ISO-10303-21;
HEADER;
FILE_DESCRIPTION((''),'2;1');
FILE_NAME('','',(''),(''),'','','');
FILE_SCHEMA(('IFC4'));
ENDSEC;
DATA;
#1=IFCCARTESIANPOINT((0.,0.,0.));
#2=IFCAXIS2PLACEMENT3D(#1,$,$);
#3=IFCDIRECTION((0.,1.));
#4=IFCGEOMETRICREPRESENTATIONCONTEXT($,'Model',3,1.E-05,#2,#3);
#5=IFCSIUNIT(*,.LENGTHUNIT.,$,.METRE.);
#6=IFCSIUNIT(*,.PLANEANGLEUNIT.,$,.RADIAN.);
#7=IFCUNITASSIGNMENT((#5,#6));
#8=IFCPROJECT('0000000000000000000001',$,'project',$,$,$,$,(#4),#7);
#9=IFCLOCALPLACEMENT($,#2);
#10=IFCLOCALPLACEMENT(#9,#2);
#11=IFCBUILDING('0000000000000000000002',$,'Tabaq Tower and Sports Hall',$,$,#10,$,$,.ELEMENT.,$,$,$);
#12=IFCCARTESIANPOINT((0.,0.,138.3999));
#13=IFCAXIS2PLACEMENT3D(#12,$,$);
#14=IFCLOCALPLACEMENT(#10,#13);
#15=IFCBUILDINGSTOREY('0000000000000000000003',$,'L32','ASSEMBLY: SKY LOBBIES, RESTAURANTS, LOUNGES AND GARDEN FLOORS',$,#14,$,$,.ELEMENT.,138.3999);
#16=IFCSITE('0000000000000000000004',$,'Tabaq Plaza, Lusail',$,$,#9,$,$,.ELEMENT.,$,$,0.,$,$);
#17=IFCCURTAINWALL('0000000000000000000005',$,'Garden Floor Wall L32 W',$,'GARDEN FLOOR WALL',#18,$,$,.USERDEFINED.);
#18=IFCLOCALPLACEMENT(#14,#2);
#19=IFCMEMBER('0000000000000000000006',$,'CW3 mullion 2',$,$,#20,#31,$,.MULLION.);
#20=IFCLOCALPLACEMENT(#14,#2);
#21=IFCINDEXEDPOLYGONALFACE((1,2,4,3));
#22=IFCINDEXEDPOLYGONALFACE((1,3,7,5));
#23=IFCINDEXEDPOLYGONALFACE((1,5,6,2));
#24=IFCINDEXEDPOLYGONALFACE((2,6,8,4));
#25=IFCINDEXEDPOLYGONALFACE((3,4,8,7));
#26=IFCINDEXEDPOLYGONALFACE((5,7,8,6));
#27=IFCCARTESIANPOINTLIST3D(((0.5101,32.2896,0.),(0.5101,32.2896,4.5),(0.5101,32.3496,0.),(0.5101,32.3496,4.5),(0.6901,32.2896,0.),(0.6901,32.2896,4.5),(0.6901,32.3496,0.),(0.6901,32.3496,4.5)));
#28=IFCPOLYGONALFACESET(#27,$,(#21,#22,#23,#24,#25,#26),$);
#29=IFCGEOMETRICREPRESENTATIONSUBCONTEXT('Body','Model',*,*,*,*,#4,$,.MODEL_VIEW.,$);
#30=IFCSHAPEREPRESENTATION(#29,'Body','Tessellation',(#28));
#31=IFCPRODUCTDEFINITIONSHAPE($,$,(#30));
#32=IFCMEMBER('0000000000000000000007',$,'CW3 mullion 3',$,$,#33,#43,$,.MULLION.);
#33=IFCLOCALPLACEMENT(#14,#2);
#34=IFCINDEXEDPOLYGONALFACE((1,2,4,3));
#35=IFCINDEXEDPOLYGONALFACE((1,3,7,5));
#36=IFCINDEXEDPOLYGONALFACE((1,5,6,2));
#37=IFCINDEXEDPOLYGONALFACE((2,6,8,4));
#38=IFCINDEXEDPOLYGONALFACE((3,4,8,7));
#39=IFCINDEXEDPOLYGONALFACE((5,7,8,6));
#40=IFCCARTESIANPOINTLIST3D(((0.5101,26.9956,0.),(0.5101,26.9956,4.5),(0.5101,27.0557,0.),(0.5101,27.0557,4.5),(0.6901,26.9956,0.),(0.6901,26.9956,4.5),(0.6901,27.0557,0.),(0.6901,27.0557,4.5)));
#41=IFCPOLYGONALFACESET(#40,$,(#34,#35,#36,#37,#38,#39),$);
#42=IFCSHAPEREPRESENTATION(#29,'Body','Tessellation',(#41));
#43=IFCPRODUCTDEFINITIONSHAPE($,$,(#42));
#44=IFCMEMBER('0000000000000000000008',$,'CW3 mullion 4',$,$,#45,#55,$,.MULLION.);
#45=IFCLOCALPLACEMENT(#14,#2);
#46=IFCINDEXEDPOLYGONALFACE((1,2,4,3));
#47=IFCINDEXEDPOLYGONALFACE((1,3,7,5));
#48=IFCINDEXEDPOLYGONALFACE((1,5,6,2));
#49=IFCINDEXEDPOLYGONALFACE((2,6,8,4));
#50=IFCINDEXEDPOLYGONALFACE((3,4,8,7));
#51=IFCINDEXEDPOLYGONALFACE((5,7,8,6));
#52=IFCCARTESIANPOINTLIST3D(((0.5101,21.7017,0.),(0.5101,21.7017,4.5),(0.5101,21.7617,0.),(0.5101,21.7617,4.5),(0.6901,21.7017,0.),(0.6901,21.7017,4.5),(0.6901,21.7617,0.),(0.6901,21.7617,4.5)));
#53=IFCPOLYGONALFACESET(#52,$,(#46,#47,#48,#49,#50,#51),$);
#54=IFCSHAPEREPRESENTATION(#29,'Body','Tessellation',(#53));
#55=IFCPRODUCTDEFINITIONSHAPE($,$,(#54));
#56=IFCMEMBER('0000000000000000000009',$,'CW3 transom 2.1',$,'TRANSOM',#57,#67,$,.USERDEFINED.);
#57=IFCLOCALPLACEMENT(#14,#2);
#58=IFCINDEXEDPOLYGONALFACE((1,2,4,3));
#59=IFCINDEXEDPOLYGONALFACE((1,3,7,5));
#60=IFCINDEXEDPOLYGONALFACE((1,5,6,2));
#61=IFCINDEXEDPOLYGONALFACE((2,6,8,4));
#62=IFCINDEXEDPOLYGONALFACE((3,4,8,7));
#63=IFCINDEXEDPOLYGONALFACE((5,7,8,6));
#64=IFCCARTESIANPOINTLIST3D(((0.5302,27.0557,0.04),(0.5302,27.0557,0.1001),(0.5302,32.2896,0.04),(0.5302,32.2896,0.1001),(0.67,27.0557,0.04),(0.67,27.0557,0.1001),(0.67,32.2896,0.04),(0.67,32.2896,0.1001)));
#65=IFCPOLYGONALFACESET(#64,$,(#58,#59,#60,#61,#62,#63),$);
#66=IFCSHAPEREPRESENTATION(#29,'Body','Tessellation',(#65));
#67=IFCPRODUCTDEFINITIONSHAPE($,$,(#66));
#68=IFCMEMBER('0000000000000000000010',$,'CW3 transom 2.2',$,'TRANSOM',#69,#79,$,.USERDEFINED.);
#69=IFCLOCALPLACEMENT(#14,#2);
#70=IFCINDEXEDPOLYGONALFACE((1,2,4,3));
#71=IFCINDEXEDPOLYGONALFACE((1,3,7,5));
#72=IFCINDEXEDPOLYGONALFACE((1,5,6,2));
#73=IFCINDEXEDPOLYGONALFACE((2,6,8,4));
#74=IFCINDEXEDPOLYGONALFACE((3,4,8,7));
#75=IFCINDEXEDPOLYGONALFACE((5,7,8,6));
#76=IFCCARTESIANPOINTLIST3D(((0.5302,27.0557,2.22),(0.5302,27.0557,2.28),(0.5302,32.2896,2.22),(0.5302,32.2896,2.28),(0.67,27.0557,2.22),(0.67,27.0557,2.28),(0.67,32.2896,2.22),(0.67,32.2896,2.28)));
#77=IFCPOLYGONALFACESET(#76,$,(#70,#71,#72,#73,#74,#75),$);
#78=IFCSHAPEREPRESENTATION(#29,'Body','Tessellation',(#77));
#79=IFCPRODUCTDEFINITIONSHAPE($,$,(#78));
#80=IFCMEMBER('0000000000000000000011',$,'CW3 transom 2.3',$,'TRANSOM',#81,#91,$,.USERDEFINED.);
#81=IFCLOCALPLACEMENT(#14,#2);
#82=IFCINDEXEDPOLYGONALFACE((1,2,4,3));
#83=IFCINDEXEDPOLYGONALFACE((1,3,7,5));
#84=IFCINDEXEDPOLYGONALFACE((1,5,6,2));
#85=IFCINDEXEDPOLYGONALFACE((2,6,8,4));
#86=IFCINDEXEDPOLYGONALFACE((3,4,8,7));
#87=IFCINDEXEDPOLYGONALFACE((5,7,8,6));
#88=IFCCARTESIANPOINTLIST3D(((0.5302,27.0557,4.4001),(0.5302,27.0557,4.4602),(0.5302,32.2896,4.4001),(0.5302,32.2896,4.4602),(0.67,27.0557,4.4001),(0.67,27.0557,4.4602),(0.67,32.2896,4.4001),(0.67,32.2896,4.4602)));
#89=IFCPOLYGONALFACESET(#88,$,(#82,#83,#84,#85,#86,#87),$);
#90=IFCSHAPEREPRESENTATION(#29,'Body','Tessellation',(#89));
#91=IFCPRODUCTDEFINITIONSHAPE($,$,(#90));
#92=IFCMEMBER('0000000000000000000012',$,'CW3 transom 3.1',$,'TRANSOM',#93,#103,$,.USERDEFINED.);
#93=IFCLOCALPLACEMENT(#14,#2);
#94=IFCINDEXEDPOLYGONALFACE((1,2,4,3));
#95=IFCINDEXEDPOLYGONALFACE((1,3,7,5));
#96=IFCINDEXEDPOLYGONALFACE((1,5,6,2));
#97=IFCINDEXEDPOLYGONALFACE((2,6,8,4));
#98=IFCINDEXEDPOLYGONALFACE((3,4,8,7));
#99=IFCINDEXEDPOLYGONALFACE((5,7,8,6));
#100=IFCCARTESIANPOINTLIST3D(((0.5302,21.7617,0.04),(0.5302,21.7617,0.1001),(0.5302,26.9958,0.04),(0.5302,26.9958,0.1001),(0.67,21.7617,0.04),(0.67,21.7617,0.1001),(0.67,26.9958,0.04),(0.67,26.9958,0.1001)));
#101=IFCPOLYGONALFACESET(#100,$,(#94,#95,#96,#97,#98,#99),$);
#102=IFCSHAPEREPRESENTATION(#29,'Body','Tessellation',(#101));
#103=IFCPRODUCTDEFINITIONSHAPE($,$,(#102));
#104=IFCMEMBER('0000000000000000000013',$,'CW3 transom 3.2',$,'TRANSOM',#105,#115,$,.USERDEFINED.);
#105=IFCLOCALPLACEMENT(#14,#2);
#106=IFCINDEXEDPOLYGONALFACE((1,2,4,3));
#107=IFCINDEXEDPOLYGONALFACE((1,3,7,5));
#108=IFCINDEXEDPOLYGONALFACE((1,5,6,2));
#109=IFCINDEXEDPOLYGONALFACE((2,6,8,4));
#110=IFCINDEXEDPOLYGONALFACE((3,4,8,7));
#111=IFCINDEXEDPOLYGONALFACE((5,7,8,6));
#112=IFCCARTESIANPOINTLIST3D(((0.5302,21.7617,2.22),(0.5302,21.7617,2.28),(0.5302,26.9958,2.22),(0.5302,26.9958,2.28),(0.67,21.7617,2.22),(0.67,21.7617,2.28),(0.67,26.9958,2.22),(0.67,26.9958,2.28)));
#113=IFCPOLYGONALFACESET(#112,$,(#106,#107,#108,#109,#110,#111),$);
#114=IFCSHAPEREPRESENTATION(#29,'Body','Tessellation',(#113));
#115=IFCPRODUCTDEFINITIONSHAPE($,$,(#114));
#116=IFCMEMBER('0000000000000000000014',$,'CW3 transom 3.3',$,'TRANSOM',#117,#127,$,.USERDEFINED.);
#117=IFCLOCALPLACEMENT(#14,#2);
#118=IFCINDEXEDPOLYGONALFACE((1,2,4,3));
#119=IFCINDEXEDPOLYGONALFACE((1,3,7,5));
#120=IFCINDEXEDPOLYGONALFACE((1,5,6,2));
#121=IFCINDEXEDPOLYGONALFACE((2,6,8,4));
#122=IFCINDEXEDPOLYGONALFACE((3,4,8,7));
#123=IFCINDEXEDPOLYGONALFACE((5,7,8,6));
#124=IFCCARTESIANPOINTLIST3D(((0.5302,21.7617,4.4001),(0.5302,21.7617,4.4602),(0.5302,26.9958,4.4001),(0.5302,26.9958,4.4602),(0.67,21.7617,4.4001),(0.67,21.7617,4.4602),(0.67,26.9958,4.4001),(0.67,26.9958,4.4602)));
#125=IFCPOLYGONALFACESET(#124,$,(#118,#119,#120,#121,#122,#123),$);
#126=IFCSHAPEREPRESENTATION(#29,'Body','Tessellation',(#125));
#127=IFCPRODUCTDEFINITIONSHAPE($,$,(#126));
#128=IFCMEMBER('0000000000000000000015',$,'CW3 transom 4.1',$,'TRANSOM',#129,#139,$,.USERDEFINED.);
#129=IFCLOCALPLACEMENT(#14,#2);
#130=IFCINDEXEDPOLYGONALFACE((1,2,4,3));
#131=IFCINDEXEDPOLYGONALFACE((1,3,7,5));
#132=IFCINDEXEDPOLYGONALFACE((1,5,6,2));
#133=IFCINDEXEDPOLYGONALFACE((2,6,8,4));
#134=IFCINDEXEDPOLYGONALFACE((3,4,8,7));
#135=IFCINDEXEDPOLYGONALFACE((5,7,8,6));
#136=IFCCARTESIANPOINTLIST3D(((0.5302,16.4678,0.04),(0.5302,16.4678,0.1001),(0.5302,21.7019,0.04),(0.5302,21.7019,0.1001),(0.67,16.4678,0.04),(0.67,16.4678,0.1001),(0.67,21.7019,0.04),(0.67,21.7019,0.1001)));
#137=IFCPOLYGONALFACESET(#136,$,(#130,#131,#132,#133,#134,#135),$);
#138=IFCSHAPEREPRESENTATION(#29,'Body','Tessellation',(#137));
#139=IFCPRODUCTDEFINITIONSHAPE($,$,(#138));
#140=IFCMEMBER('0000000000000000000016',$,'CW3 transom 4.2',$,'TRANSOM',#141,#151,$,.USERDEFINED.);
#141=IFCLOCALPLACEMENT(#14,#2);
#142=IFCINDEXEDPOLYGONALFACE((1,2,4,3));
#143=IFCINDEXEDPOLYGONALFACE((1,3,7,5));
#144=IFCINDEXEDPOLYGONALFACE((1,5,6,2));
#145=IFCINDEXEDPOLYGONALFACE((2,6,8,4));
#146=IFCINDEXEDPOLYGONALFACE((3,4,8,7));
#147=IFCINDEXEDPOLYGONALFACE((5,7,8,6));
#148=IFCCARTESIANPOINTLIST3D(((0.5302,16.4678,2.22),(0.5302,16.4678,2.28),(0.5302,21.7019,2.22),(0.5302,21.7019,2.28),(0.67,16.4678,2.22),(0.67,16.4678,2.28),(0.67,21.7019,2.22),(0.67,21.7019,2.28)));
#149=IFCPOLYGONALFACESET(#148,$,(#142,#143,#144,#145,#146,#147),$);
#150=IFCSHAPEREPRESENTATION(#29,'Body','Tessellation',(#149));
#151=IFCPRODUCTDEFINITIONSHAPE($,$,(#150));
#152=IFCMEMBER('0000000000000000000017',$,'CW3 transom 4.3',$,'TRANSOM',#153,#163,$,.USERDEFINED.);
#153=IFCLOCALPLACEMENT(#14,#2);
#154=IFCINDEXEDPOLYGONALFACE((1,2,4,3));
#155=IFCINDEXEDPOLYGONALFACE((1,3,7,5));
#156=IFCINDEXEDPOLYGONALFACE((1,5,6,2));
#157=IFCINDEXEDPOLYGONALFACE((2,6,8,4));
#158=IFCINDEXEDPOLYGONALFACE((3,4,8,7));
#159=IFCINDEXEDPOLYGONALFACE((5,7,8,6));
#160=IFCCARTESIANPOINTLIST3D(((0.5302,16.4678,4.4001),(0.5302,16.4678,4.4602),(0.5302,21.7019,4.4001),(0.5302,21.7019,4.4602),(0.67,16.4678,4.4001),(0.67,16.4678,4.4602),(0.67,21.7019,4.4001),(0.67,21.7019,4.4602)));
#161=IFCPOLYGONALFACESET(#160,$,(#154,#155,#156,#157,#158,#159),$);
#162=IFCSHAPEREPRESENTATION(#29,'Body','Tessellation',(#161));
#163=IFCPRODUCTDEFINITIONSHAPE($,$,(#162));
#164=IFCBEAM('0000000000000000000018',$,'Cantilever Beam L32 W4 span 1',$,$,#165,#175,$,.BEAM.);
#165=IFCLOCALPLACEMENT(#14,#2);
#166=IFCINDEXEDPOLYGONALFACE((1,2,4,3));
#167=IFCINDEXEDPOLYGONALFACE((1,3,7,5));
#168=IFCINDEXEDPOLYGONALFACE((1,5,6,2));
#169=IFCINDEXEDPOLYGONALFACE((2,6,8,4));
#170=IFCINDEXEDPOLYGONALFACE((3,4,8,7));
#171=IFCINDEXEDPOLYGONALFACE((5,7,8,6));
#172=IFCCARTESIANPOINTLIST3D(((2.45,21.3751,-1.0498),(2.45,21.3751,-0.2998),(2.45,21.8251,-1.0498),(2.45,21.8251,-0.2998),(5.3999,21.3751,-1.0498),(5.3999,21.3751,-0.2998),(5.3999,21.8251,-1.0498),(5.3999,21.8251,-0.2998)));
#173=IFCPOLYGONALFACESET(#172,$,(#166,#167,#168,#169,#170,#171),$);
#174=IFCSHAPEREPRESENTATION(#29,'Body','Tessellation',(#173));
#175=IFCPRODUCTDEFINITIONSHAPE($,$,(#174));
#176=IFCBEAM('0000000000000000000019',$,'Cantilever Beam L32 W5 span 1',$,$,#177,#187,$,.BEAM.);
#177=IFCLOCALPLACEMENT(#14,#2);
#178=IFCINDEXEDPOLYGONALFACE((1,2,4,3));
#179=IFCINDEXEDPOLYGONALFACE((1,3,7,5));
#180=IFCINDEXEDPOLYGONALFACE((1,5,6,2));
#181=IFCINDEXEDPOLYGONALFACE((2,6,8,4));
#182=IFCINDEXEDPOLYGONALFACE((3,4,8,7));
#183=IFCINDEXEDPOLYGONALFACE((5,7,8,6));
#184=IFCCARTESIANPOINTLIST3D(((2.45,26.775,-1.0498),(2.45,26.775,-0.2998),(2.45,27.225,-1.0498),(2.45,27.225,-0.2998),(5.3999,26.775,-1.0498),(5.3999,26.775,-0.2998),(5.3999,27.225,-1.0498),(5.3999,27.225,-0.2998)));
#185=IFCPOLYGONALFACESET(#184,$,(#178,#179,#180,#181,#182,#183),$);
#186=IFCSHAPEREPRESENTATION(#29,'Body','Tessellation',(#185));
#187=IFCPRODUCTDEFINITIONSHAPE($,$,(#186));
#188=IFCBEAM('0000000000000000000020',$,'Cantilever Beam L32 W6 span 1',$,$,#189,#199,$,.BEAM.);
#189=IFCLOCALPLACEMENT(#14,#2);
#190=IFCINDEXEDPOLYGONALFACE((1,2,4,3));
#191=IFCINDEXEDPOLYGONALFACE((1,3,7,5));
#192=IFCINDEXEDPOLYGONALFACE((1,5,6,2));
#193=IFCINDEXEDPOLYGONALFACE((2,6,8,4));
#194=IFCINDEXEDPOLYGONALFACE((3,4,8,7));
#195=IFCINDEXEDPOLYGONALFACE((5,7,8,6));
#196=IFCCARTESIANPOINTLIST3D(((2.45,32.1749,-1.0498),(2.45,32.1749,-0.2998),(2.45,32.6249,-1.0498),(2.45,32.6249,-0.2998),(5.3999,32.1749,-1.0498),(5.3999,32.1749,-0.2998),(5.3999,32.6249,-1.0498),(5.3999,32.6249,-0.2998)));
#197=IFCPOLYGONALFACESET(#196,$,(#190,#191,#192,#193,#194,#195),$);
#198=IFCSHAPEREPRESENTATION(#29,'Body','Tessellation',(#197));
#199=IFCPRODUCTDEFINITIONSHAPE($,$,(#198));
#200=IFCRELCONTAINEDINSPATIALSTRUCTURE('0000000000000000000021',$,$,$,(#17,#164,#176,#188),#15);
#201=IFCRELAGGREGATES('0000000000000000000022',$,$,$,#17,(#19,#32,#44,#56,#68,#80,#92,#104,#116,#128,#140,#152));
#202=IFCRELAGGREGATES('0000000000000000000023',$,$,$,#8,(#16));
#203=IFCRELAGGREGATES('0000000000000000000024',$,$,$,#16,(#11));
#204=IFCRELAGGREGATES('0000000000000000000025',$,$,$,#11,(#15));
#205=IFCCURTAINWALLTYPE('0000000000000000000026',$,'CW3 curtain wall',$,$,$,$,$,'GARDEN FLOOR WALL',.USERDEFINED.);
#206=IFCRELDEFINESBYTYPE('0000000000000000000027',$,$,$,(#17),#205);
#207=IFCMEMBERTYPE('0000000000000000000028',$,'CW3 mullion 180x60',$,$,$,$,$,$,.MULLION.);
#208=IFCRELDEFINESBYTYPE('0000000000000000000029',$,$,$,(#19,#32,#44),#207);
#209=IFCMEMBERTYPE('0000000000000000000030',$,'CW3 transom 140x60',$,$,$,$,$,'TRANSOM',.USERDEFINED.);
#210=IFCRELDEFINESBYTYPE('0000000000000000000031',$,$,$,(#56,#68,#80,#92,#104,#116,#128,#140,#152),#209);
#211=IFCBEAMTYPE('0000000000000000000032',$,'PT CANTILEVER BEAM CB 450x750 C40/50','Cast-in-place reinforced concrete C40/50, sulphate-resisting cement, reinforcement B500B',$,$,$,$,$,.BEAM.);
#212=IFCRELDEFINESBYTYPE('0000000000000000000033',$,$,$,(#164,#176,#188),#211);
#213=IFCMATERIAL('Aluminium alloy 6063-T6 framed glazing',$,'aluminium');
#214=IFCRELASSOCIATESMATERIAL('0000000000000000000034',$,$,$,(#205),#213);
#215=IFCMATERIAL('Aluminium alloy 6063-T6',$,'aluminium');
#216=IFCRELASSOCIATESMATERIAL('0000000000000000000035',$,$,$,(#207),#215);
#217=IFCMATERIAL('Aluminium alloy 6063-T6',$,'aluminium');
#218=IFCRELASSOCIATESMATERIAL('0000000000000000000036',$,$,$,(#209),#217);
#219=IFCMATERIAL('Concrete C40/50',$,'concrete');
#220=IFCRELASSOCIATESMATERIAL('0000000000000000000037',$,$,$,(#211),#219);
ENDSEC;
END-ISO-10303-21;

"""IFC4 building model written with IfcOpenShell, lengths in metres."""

from ifc_helpers import new_model, si_unit, direction, frame, origin, origin_2d, place, context, subcontext, project, spatial, rectangle, extrude, material, material_profile, profile_set, type_object, element, aggregate, save


model = new_model("IFC4")

# Units and contexts
model_context = context("Model", 3, precision=1e-05, world=origin(), true_north=direction((0.0, 1.0)))
body_context = subcontext(model_context, "Body", "Model", "MODEL_VIEW")
ifc_project = project(units=[si_unit("LENGTHUNIT", "METRE"), si_unit("PLANEANGLEUNIT", "RADIAN")], contexts=[model_context])

# Site, building, storey
site_placement = place(None, origin())
site = spatial("IfcSite", under=ifc_project, at=site_placement, Name="Tabaq Plaza, Lusail", CompositionType="ELEMENT", RefElevation=0.0)
building_placement = place(site_placement, origin())
building = spatial("IfcBuilding", under=site, at=building_placement, Name="Tabaq Tower and Sports Hall", CompositionType="ELEMENT")
storey_placement = place(building_placement, frame((0.0, 0.0, 138.3999)))
storey = spatial("IfcBuildingStorey", under=building, at=storey_placement, Name="L32", Description="ASSEMBLY: SKY LOBBIES, RESTAURANTS, LOUNGES AND GARDEN FLOORS", CompositionType="ELEMENT", Elevation=138.3999)

# Curtain wall, members
ifc_material_1 = material(Name="Aluminium alloy 6063-T6 framed glazing", Category="aluminium")
curtain_wall_type = type_object("IfcCurtainWallType", Name="CW3 curtain wall", ElementType="GARDEN FLOOR WALL", PredefinedType="USERDEFINED", material=ifc_material_1)
curtain_wall_placement = place(storey_placement, origin())
curtain_wall = element("IfcCurtainWall", 1, at=curtain_wall_placement, inside=storey, type_object=curtain_wall_type, Name="Garden Floor Wall L32 W", ObjectType="GARDEN FLOOR WALL", PredefinedType="USERDEFINED")
ifc_material_2 = material(Name="Aluminium alloy 6063-T6", Category="aluminium")
ifc_material_profile_1 = material_profile(ifc_material_2, rectangle(XDim=0.1799, YDim=0.0601, at=origin_2d()), Name="MULLION 180x60")
ifc_profile_set_1 = profile_set([ifc_material_profile_1], Name="Aluminium alloy 6063-T6")
member_type_1 = type_object("IfcMemberType", Name="CW3 mullion 180x60", PredefinedType="MULLION", material=ifc_profile_set_1)
member_1_placement = place(storey_placement, frame((0.6001, 32.3196, 0.0), z_axis=(0.0, 0.0, 1.0), x_axis=(1.0, 0.0, 0.0)))
member_1 = element("IfcMember", 2, at=member_1_placement, type_object=member_type_1, Name="CW3 mullion 2", PredefinedType="MULLION", context=body_context, shape_type="SweptSolid", body=[
    extrude(rectangle(XDim=0.1799, YDim=0.0601, at=origin_2d()), origin(), (0.0, 0.0, 1.0), 4.5),
])
member_2_placement = place(storey_placement, frame((0.6001, 27.0256, 0.0), z_axis=(0.0, 0.0, 1.0), x_axis=(1.0, 0.0, 0.0)))
member_2 = element("IfcMember", 3, at=member_2_placement, type_object=member_type_1, Name="CW3 mullion 3", PredefinedType="MULLION", context=body_context, shape_type="SweptSolid", body=[
    extrude(rectangle(XDim=0.1799, YDim=0.0601, at=origin_2d()), origin(), (0.0, 0.0, 1.0), 4.5),
])
member_3_placement = place(storey_placement, frame((0.6001, 21.7317, 0.0), z_axis=(0.0, 0.0, 1.0), x_axis=(1.0, 0.0, 0.0)))
member_3 = element("IfcMember", 4, at=member_3_placement, type_object=member_type_1, Name="CW3 mullion 4", PredefinedType="MULLION", context=body_context, shape_type="SweptSolid", body=[
    extrude(rectangle(XDim=0.1799, YDim=0.0601, at=origin_2d()), origin(), (0.0, 0.0, 1.0), 4.5),
])
ifc_material_3 = material(Name="Aluminium alloy 6063-T6", Category="aluminium")
ifc_material_profile_2 = material_profile(ifc_material_3, rectangle(XDim=0.1399, YDim=0.0601, at=origin_2d()), Name="TRANSOM 140x60")
ifc_profile_set_2 = profile_set([ifc_material_profile_2], Name="Aluminium alloy 6063-T6")
member_type_2 = type_object("IfcMemberType", Name="CW3 transom 140x60", ElementType="TRANSOM", PredefinedType="USERDEFINED", material=ifc_profile_set_2)
member_4_placement = place(storey_placement, frame((0.6001, 32.2896, 0.0701), z_axis=(0.0, -1.0, 0.0), x_axis=(1.0, 0.0, 0.0)))
member_4 = element("IfcMember", 5, at=member_4_placement, type_object=member_type_2, Name="CW3 transom 2.1", ObjectType="TRANSOM", PredefinedType="USERDEFINED", context=body_context, shape_type="SweptSolid", body=[
    extrude(rectangle(XDim=0.1399, YDim=0.0601, at=origin_2d()), origin(), (0.0, 0.0, 1.0), 5.2339),
])
member_5_placement = place(storey_placement, frame((0.6001, 32.2896, 2.25), z_axis=(0.0, -1.0, 0.0), x_axis=(1.0, 0.0, 0.0)))
member_5 = element("IfcMember", 6, at=member_5_placement, type_object=member_type_2, Name="CW3 transom 2.2", ObjectType="TRANSOM", PredefinedType="USERDEFINED", context=body_context, shape_type="SweptSolid", body=[
    extrude(rectangle(XDim=0.1399, YDim=0.0601, at=origin_2d()), origin(), (0.0, 0.0, 1.0), 5.2339),
])
member_6_placement = place(storey_placement, frame((0.6001, 32.2896, 4.4302), z_axis=(0.0, -1.0, 0.0), x_axis=(1.0, 0.0, 0.0)))
member_6 = element("IfcMember", 7, at=member_6_placement, type_object=member_type_2, Name="CW3 transom 2.3", ObjectType="TRANSOM", PredefinedType="USERDEFINED", context=body_context, shape_type="SweptSolid", body=[
    extrude(rectangle(XDim=0.1399, YDim=0.0601, at=origin_2d()), origin(), (0.0, 0.0, 1.0), 5.2339),
])
member_7_placement = place(storey_placement, frame((0.6001, 26.9958, 0.0701), z_axis=(0.0, -1.0, 0.0), x_axis=(1.0, 0.0, 0.0)))
member_7 = element("IfcMember", 8, at=member_7_placement, type_object=member_type_2, Name="CW3 transom 3.1", ObjectType="TRANSOM", PredefinedType="USERDEFINED", context=body_context, shape_type="SweptSolid", body=[
    extrude(rectangle(XDim=0.1399, YDim=0.0601, at=origin_2d()), origin(), (0.0, 0.0, 1.0), 5.2341),
])
member_8_placement = place(storey_placement, frame((0.6001, 26.9958, 2.25), z_axis=(0.0, -1.0, 0.0), x_axis=(1.0, 0.0, 0.0)))
member_8 = element("IfcMember", 9, at=member_8_placement, type_object=member_type_2, Name="CW3 transom 3.2", ObjectType="TRANSOM", PredefinedType="USERDEFINED", context=body_context, shape_type="SweptSolid", body=[
    extrude(rectangle(XDim=0.1399, YDim=0.0601, at=origin_2d()), origin(), (0.0, 0.0, 1.0), 5.2341),
])
member_9_placement = place(storey_placement, frame((0.6001, 26.9958, 4.4302), z_axis=(0.0, -1.0, 0.0), x_axis=(1.0, 0.0, 0.0)))
member_9 = element("IfcMember", 10, at=member_9_placement, type_object=member_type_2, Name="CW3 transom 3.3", ObjectType="TRANSOM", PredefinedType="USERDEFINED", context=body_context, shape_type="SweptSolid", body=[
    extrude(rectangle(XDim=0.1399, YDim=0.0601, at=origin_2d()), origin(), (0.0, 0.0, 1.0), 5.2341),
])
member_10_placement = place(storey_placement, frame((0.6001, 21.7019, 0.0701), z_axis=(0.0, -1.0, 0.0), x_axis=(1.0, 0.0, 0.0)))
member_10 = element("IfcMember", 11, at=member_10_placement, type_object=member_type_2, Name="CW3 transom 4.1", ObjectType="TRANSOM", PredefinedType="USERDEFINED", context=body_context, shape_type="SweptSolid", body=[
    extrude(rectangle(XDim=0.1399, YDim=0.0601, at=origin_2d()), origin(), (0.0, 0.0, 1.0), 5.2341),
])
member_11_placement = place(storey_placement, frame((0.6001, 21.7019, 2.25), z_axis=(0.0, -1.0, 0.0), x_axis=(1.0, 0.0, 0.0)))
member_11 = element("IfcMember", 12, at=member_11_placement, type_object=member_type_2, Name="CW3 transom 4.2", ObjectType="TRANSOM", PredefinedType="USERDEFINED", context=body_context, shape_type="SweptSolid", body=[
    extrude(rectangle(XDim=0.1399, YDim=0.0601, at=origin_2d()), origin(), (0.0, 0.0, 1.0), 5.2341),
])
member_12_placement = place(storey_placement, frame((0.6001, 21.7019, 4.4302), z_axis=(0.0, -1.0, 0.0), x_axis=(1.0, 0.0, 0.0)))
member_12 = element("IfcMember", 13, at=member_12_placement, type_object=member_type_2, Name="CW3 transom 4.3", ObjectType="TRANSOM", PredefinedType="USERDEFINED", context=body_context, shape_type="SweptSolid", body=[
    extrude(rectangle(XDim=0.1399, YDim=0.0601, at=origin_2d()), origin(), (0.0, 0.0, 1.0), 5.2341),
])

# Beams
ifc_material_4 = material(Name="Concrete C40/50", Category="concrete")
ifc_material_profile_3 = material_profile(ifc_material_4, rectangle(XDim=0.45, YDim=0.75, at=origin_2d()), Name="CB 450x750")
ifc_profile_set_3 = profile_set([ifc_material_profile_3], Name="Concrete C40/50")
beam_type = type_object("IfcBeamType", Name="PT CANTILEVER BEAM CB 450x750 C40/50", Description="Cast-in-place reinforced concrete C40/50, sulphate-resisting cement, reinforcement B500B", PredefinedType="BEAM", material=ifc_profile_set_3)
for number, where, z_axis, x_axis, name in (
    (14, (2.45, 21.6001, -0.6748), (1.0, 0.0, 0.0), (0.0, 1.0, 0.0), "Cantilever Beam L32 W4 span 1"),
    (15, (2.45, 27.0, -0.6748), (1.0, 0.0, 0.0), (0.0, 1.0, 0.0), "Cantilever Beam L32 W5 span 1"),
    (16, (2.45, 32.3999, -0.6748), (1.0, 0.0, 0.0), (0.0, 1.0, 0.0), "Cantilever Beam L32 W6 span 1"),
):
    element("IfcBeam", number, at=place(storey_placement, frame(where, z_axis=z_axis, x_axis=x_axis)), inside=storey, type_object=beam_type, Name=name, PredefinedType="BEAM", context=body_context, shape_type="SweptSolid", body=[
        extrude(rectangle(XDim=0.45, YDim=0.75, at=origin_2d()), origin(), (0.0, 0.0, 1.0), 2.95),
    ])

aggregate(curtain_wall, [member_1, member_2, member_3, member_4, member_5, member_6, member_7, member_8, member_9, member_10, member_11, member_12])

save(model, "model.ifc")
